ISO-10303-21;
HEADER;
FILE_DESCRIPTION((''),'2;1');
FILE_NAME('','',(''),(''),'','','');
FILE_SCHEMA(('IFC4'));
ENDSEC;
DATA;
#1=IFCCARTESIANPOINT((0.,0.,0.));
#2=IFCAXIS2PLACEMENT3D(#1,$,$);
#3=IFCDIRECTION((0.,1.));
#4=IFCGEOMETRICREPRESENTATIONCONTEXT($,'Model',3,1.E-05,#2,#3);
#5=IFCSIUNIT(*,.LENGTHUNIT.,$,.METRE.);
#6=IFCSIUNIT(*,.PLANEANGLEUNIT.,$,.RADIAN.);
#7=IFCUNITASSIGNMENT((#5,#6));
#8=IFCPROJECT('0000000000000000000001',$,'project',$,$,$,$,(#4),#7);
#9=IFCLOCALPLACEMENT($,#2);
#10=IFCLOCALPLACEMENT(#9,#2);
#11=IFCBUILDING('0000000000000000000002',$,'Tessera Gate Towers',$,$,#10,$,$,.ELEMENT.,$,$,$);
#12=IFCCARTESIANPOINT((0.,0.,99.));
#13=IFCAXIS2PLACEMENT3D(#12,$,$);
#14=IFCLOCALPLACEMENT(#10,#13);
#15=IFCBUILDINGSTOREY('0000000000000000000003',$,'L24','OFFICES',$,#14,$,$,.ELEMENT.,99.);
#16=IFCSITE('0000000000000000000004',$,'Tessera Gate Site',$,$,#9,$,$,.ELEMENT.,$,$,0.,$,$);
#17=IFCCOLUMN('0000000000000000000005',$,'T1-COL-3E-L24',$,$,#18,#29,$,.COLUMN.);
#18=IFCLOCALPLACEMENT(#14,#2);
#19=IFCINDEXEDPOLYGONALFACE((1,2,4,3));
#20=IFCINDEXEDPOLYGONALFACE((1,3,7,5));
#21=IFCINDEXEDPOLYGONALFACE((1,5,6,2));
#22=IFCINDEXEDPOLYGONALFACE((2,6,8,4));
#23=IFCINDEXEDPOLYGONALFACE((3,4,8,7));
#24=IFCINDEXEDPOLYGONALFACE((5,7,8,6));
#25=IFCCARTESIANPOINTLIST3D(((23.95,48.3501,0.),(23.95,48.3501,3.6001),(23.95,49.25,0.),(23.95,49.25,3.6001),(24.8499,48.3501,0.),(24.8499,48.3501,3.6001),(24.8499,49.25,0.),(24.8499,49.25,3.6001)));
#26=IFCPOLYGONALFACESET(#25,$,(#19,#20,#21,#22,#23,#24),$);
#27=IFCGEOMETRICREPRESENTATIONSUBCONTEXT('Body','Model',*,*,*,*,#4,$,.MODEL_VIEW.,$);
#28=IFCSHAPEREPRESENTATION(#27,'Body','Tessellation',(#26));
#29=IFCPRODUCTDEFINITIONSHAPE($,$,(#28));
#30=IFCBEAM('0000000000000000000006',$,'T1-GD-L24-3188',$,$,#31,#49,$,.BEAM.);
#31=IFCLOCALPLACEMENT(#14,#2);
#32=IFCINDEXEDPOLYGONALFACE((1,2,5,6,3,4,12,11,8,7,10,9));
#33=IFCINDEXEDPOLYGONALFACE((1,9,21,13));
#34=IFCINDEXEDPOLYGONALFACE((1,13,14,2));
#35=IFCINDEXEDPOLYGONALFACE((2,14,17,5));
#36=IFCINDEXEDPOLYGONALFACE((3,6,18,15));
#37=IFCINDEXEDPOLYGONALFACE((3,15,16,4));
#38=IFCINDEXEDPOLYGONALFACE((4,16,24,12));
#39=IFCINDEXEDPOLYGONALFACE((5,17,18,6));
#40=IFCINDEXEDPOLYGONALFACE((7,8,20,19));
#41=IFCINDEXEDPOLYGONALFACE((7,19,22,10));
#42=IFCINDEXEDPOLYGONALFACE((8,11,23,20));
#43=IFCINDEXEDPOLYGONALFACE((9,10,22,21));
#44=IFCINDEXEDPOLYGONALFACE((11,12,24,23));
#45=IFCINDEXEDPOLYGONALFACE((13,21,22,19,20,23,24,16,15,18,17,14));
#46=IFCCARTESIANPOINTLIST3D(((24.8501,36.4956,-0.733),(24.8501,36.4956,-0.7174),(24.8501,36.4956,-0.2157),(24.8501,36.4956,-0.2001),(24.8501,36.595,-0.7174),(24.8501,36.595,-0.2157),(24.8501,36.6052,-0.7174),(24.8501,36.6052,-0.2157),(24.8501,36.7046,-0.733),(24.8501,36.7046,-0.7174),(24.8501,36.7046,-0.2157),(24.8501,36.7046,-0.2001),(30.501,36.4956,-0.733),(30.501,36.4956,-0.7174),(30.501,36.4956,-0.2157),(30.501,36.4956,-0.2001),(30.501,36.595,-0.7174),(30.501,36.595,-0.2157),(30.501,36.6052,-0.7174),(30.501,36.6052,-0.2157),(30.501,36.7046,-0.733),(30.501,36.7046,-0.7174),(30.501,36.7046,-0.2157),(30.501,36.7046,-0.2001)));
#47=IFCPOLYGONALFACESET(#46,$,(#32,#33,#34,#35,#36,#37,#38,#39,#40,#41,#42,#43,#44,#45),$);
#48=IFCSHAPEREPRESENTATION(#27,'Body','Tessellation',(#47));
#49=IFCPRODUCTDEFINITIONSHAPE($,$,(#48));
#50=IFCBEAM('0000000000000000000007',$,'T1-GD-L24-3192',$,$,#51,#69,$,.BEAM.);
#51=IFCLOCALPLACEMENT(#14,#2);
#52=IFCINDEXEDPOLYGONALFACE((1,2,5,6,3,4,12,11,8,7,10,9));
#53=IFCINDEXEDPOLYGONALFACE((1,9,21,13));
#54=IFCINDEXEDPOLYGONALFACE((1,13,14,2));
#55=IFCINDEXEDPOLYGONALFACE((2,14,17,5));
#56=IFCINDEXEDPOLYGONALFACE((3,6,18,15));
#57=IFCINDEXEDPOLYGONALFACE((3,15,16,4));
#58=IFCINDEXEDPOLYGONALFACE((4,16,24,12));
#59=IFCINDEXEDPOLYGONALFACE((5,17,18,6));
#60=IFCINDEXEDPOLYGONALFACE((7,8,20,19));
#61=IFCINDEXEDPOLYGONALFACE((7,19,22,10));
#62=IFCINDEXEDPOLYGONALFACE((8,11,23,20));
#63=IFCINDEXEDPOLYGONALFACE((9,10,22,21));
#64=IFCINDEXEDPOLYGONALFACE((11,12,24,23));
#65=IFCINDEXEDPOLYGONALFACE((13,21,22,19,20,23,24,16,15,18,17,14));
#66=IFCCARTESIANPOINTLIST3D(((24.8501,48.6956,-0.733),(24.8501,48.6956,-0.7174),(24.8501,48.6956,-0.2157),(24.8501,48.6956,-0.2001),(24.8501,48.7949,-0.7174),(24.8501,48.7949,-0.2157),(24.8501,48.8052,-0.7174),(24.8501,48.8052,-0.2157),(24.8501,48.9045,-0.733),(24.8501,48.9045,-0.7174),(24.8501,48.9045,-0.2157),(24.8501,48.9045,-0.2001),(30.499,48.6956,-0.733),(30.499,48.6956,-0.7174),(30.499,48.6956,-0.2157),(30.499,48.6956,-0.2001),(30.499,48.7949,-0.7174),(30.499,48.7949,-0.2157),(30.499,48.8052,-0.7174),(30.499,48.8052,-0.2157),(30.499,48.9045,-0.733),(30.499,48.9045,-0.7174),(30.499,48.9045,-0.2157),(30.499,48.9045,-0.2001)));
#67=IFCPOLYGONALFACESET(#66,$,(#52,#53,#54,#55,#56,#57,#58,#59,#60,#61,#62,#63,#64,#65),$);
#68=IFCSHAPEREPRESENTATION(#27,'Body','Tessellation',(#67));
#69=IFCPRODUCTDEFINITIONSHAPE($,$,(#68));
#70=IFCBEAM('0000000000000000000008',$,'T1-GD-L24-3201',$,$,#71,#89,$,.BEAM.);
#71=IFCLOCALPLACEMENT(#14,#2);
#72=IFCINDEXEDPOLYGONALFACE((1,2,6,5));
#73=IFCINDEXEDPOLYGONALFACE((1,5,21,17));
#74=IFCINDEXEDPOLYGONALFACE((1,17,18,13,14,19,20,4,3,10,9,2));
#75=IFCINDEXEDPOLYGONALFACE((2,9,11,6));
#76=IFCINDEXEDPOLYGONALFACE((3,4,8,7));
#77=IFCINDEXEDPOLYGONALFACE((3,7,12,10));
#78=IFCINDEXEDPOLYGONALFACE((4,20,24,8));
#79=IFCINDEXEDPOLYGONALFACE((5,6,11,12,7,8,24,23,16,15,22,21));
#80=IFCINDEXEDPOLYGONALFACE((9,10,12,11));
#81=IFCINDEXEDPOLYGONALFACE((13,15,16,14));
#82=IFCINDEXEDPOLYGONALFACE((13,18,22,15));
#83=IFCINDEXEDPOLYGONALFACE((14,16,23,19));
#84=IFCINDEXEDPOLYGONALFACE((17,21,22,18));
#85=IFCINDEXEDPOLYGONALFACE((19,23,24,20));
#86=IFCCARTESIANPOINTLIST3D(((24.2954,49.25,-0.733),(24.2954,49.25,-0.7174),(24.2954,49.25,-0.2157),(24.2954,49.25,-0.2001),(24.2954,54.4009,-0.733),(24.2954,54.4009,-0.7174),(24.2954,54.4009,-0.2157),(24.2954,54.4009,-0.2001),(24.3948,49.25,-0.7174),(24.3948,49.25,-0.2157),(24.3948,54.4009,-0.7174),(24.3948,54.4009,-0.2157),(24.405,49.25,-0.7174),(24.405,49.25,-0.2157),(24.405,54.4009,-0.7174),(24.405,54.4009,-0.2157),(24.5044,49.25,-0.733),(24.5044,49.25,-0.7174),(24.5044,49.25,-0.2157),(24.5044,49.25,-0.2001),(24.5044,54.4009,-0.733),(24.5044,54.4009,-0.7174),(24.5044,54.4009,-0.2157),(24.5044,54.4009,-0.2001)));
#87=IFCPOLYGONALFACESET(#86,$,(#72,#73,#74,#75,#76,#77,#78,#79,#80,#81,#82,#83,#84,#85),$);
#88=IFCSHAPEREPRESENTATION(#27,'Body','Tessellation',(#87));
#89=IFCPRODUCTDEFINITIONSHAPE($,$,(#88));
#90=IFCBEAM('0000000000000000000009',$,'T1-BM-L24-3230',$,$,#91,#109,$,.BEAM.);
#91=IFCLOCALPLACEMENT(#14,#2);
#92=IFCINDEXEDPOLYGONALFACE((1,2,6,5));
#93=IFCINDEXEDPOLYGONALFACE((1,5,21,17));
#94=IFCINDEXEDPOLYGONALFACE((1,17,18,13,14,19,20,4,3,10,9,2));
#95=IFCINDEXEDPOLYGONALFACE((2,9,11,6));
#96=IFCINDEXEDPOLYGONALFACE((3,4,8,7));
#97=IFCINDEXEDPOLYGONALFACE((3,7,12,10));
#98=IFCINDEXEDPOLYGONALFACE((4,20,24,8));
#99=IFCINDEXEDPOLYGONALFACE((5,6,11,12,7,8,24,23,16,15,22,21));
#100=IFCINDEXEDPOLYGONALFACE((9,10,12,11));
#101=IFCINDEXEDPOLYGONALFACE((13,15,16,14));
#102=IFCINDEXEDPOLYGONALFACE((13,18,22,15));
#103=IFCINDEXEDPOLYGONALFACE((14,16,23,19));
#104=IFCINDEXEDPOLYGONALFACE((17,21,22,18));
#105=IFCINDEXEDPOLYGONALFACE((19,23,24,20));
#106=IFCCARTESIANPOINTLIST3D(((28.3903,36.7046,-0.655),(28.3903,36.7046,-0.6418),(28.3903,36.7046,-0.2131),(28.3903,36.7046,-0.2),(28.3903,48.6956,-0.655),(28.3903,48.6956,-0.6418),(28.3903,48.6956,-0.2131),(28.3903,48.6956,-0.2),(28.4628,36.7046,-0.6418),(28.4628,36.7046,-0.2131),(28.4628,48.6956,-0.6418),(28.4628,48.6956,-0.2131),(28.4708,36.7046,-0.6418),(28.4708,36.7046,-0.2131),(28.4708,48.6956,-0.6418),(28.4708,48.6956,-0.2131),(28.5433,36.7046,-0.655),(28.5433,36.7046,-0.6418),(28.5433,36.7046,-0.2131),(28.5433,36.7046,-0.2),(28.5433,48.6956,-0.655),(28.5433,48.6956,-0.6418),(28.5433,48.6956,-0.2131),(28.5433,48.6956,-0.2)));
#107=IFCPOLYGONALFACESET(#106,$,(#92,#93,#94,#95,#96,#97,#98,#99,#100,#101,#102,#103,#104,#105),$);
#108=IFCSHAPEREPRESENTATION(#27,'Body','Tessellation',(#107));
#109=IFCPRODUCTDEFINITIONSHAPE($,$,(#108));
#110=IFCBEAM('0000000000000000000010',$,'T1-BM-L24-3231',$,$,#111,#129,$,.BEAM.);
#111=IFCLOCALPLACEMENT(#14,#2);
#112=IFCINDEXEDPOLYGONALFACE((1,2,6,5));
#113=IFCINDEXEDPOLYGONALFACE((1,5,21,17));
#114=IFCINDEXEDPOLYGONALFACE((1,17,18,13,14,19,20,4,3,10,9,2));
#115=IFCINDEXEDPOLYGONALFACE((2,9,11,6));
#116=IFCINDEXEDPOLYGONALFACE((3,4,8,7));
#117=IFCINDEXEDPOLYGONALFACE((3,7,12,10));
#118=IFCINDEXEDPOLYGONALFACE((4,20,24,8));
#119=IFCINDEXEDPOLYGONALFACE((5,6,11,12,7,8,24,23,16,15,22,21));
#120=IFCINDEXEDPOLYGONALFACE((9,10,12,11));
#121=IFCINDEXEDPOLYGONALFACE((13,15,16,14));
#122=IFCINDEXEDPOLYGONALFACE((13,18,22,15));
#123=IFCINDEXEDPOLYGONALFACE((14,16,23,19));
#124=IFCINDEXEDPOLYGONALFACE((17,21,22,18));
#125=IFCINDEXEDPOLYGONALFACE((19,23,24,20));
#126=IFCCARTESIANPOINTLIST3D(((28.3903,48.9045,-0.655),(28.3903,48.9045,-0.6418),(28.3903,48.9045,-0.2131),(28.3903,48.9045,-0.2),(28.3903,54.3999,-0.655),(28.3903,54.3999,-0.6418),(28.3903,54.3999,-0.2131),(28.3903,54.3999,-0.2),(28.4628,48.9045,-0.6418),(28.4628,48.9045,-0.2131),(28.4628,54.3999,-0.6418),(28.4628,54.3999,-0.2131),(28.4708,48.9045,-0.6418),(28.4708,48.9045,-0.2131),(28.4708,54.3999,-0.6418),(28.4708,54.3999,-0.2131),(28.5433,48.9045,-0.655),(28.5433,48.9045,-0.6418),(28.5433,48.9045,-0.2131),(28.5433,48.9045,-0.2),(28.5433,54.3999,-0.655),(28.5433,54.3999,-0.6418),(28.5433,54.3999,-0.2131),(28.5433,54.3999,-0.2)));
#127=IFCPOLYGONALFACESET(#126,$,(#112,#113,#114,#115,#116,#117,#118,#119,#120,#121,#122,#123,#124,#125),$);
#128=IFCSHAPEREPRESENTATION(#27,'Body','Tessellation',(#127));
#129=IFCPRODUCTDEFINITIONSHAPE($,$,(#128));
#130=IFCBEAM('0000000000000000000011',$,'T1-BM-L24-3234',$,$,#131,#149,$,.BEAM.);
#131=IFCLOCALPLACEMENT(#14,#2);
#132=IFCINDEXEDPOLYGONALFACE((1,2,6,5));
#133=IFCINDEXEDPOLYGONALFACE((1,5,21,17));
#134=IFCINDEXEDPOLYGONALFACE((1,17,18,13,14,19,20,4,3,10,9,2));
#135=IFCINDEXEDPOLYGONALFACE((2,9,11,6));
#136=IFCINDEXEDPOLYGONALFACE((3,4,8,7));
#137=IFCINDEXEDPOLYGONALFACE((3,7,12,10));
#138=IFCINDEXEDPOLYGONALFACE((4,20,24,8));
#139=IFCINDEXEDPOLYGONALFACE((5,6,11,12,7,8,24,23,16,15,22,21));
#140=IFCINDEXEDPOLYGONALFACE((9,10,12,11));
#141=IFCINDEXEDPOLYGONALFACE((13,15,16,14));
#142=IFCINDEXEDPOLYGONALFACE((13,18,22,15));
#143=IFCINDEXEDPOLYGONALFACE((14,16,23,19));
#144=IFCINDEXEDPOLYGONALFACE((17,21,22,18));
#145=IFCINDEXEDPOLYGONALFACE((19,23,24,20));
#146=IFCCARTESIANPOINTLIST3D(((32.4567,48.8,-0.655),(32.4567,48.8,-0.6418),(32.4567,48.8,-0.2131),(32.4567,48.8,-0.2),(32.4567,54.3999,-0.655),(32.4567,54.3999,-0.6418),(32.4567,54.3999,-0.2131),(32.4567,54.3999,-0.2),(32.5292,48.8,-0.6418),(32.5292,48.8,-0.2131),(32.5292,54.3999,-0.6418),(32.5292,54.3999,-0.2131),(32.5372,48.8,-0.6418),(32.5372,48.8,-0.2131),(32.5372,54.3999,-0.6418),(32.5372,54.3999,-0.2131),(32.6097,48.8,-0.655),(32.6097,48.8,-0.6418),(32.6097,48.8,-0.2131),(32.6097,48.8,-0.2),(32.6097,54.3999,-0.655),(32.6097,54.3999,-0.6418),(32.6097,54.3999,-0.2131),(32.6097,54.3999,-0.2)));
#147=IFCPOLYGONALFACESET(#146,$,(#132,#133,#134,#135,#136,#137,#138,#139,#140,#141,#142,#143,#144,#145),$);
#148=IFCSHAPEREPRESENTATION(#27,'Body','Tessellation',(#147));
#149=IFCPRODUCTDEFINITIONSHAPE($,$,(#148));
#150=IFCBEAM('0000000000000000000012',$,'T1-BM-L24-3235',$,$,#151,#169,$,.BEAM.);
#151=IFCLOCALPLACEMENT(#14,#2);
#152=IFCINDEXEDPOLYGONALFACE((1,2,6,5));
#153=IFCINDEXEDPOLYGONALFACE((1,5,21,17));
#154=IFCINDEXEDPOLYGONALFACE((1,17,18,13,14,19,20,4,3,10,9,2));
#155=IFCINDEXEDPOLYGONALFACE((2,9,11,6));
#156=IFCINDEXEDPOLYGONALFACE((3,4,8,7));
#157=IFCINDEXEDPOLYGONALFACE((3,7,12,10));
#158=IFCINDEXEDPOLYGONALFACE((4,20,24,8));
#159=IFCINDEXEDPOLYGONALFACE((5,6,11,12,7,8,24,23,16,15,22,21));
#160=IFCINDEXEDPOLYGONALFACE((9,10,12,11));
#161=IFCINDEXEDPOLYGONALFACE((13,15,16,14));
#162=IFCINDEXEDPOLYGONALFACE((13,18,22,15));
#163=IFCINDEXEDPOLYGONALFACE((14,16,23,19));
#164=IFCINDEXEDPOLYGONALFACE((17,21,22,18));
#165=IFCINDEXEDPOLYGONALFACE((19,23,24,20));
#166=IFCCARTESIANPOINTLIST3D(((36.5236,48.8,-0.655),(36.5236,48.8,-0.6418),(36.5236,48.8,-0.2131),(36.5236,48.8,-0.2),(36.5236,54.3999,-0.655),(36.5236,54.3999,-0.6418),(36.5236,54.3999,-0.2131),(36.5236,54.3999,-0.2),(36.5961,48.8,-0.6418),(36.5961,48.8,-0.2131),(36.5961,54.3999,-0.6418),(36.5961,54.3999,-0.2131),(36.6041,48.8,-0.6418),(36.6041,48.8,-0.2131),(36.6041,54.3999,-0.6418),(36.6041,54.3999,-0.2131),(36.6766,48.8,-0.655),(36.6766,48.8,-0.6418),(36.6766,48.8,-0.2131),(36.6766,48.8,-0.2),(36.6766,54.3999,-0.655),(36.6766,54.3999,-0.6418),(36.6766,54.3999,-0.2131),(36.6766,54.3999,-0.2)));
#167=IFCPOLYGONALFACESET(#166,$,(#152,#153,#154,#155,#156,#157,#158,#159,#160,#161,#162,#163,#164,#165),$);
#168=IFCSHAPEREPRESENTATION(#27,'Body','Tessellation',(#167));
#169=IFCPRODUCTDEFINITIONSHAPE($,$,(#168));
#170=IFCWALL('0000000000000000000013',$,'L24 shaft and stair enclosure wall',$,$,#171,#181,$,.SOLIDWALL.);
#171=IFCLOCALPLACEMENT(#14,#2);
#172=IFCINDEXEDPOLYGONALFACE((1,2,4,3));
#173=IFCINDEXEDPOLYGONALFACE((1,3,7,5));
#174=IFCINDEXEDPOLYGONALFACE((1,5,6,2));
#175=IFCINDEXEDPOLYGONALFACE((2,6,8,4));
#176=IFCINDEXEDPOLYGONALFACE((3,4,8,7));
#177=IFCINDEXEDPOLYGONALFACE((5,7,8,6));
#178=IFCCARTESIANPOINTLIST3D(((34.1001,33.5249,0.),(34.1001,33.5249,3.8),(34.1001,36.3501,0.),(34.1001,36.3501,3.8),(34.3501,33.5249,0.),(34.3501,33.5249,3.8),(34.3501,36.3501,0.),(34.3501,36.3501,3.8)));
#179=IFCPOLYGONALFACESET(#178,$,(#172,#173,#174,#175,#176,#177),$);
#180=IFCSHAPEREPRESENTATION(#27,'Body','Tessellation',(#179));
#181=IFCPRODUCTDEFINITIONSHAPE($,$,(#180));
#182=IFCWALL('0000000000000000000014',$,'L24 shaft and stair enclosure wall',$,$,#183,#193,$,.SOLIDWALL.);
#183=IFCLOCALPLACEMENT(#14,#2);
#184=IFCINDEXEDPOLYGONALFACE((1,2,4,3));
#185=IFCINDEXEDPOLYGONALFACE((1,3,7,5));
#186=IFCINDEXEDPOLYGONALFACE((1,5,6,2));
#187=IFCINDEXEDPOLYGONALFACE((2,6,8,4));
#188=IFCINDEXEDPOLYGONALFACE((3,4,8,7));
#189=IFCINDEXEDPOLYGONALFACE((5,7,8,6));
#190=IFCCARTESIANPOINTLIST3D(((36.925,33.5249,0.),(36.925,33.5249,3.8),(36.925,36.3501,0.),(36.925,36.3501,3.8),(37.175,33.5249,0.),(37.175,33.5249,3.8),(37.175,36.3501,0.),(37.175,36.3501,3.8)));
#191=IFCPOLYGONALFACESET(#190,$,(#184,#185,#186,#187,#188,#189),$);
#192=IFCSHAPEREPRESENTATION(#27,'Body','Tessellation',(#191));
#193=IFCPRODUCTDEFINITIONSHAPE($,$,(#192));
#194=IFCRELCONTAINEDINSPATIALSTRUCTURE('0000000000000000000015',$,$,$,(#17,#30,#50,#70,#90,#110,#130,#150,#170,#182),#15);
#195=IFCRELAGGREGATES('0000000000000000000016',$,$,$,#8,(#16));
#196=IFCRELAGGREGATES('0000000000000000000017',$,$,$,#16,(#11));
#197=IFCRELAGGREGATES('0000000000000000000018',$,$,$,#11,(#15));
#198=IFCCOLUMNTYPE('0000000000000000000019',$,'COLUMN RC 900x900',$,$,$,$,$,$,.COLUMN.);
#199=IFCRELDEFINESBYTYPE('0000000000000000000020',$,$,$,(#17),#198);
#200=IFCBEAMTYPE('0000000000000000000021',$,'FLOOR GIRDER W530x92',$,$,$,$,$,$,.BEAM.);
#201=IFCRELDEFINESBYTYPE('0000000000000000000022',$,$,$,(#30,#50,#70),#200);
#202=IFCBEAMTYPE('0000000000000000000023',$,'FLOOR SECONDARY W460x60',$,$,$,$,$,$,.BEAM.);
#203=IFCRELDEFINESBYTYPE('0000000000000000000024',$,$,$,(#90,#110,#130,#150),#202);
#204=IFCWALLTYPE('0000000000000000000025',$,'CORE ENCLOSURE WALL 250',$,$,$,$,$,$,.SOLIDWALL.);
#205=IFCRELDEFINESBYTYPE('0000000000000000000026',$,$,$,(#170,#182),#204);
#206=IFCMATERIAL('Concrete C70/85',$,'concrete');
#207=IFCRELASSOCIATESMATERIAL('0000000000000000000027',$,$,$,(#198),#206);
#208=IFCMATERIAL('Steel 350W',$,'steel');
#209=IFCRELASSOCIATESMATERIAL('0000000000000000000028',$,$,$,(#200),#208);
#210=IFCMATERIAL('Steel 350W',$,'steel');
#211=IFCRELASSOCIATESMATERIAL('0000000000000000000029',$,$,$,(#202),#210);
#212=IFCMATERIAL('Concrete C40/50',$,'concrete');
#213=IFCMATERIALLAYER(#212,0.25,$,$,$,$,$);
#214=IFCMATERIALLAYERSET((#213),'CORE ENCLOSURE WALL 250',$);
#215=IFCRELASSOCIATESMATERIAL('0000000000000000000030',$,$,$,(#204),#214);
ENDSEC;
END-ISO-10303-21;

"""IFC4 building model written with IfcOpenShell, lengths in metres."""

from ifc_helpers import new_model, si_unit, direction, frame, frame_2d, origin, origin_2d, place, context, subcontext, project, spatial, rectangle, i_section, extrude, material, layer, layer_set, material_profile, profile_set, type_object, element, save


model = new_model("IFC4")

# Units and contexts
model_context = context("Model", 3, precision=1e-05, world=origin(), true_north=direction((0.0, 1.0)))
body_context = subcontext(model_context, "Body", "Model", "MODEL_VIEW")
ifc_project = project(units=[si_unit("LENGTHUNIT", "METRE"), si_unit("PLANEANGLEUNIT", "RADIAN")], contexts=[model_context])

# Site, building, storey
site_placement = place(None, origin())
site = spatial("IfcSite", under=ifc_project, at=site_placement, Name="Tessera Gate Site", CompositionType="ELEMENT", RefElevation=0.0)
building_placement = place(site_placement, origin())
building = spatial("IfcBuilding", under=site, at=building_placement, Name="Tessera Gate Towers", CompositionType="ELEMENT")
storey_placement = place(building_placement, frame((0.0, 0.0, 99.0)))
storey = spatial("IfcBuildingStorey", under=building, at=storey_placement, Name="L24", Description="OFFICES", CompositionType="ELEMENT", Elevation=99.0)

# Column
ifc_material_1 = material(Name="Concrete C70/85", Category="concrete")
ifc_material_profile_1 = material_profile(ifc_material_1, rectangle(XDim=0.8999, YDim=0.8999, at=origin_2d()), Name="RC 900x900")
ifc_profile_set_1 = profile_set([ifc_material_profile_1], Name="Concrete C70/85")
column_type = type_object("IfcColumnType", Name="COLUMN RC 900x900", PredefinedType="COLUMN", material=ifc_profile_set_1)
column_placement = place(storey_placement, frame((24.3999, 48.8, 0.0), z_axis=(0.0, 0.0, 1.0), x_axis=(1.0, 0.0, 0.0)))
element("IfcColumn", 1, at=column_placement, inside=storey, type_object=column_type, Name="T1-COL-3E-L24", PredefinedType="COLUMN", context=body_context, shape_type="SweptSolid", body=[
    extrude(rectangle(XDim=0.8999, YDim=0.8999, at=origin_2d()), origin(), (0.0, 0.0, 1.0), 3.6001),
])

# Beams
ifc_material_2 = material(Name="Steel 350W", Category="steel")
ifc_material_profile_2 = material_profile(ifc_material_2, i_section(OverallWidth=0.209, OverallDepth=0.533, WebThickness=0.0103, FlangeThickness=0.0156, at=origin_2d()), Name="W530x92")
ifc_profile_set_2 = profile_set([ifc_material_profile_2], Name="Steel 350W")
beam_type_1 = type_object("IfcBeamType", Name="FLOOR GIRDER W530x92", PredefinedType="BEAM", material=ifc_profile_set_2)
beam_1_placement = place(storey_placement, frame((24.8501, 36.6001, -0.4666), z_axis=(1.0, 0.0, 0.0), x_axis=(0.0, 1.0, 0.0)))
element("IfcBeam", 2, at=beam_1_placement, inside=storey, type_object=beam_type_1, Name="T1-GD-L24-3188", PredefinedType="BEAM", context=body_context, shape_type="SweptSolid", body=[
    extrude(i_section(OverallWidth=0.209, OverallDepth=0.533, WebThickness=0.0103, FlangeThickness=0.0156, at=origin_2d()), origin(), (0.0, 0.0, 1.0), 5.6509),
])
beam_2_placement = place(storey_placement, frame((24.8501, 48.8, -0.4666), z_axis=(1.0, 0.0, 0.0), x_axis=(0.0, 1.0, 0.0)))
element("IfcBeam", 3, at=beam_2_placement, inside=storey, type_object=beam_type_1, Name="T1-GD-L24-3192", PredefinedType="BEAM", context=body_context, shape_type="SweptSolid", body=[
    extrude(i_section(OverallWidth=0.209, OverallDepth=0.533, WebThickness=0.0103, FlangeThickness=0.0156, at=origin_2d()), origin(), (0.0, 0.0, 1.0), 5.6489),
])
beam_3_placement = place(storey_placement, frame((24.3999, 49.25, -0.4666), z_axis=(0.0, 1.0, 0.0), x_axis=(-1.0, 0.0, 0.0)))
element("IfcBeam", 4, at=beam_3_placement, inside=storey, type_object=beam_type_1, Name="T1-GD-L24-3201", PredefinedType="BEAM", context=body_context, shape_type="SweptSolid", body=[
    extrude(i_section(OverallWidth=0.209, OverallDepth=0.533, WebThickness=0.0103, FlangeThickness=0.0156, at=origin_2d()), origin(), (0.0, 0.0, 1.0), 5.1509),
])
ifc_material_3 = material(Name="Steel 350W", Category="steel")
ifc_material_profile_3 = material_profile(ifc_material_3, i_section(OverallWidth=0.1531, OverallDepth=0.4551, WebThickness=0.0081, FlangeThickness=0.0132, at=origin_2d()), Name="W460x60")
ifc_profile_set_3 = profile_set([ifc_material_profile_3], Name="Steel 350W")
beam_type_2 = type_object("IfcBeamType", Name="FLOOR SECONDARY W460x60", PredefinedType="BEAM", material=ifc_profile_set_3)
beam_4_placement = place(storey_placement, frame((28.4668, 36.7046, -0.4275), z_axis=(0.0, 1.0, 0.0), x_axis=(-1.0, 0.0, 0.0)))
element("IfcBeam", 5, at=beam_4_placement, inside=storey, type_object=beam_type_2, Name="T1-BM-L24-3230", PredefinedType="BEAM", context=body_context, shape_type="SweptSolid", body=[
    extrude(i_section(OverallWidth=0.1531, OverallDepth=0.4551, WebThickness=0.0081, FlangeThickness=0.0132, at=origin_2d()), origin(), (0.0, 0.0, 1.0), 11.991),
])
beam_5_placement = place(storey_placement, frame((28.4668, 48.9045, -0.4275), z_axis=(0.0, 1.0, 0.0), x_axis=(-1.0, 0.0, 0.0)))
element("IfcBeam", 6, at=beam_5_placement, inside=storey, type_object=beam_type_2, Name="T1-BM-L24-3231", PredefinedType="BEAM", context=body_context, shape_type="SweptSolid", body=[
    extrude(i_section(OverallWidth=0.1531, OverallDepth=0.4551, WebThickness=0.0081, FlangeThickness=0.0132, at=origin_2d()), origin(), (0.0, 0.0, 1.0), 5.4954),
])
for number, where, z_axis, x_axis, name in (
    (7, (32.5332, 48.8, -0.4275), (0.0, 1.0, 0.0), (-1.0, 0.0, 0.0), "T1-BM-L24-3234"),
    (8, (36.6001, 48.8, -0.4275), (0.0, 1.0, 0.0), (-1.0, 0.0, 0.0), "T1-BM-L24-3235"),
):
    element("IfcBeam", number, at=place(storey_placement, frame(where, z_axis=z_axis, x_axis=x_axis)), inside=storey, type_object=beam_type_2, Name=name, PredefinedType="BEAM", context=body_context, shape_type="SweptSolid", body=[
        extrude(i_section(OverallWidth=0.1531, OverallDepth=0.4551, WebThickness=0.0081, FlangeThickness=0.0132, at=origin_2d()), origin(), (0.0, 0.0, 1.0), 5.5999),
    ])

# Walls
ifc_material_4 = material(Name="Concrete C40/50", Category="concrete")
ifc_layer_1 = layer(ifc_material_4, 0.25)
ifc_layer_set_1 = layer_set([ifc_layer_1], Name="CORE ENCLOSURE WALL 250")
wall_type_1 = type_object("IfcWallType", Name="CORE ENCLOSURE WALL 250", PredefinedType="SOLIDWALL", material=ifc_layer_set_1)
for number, where, z_axis, x_axis, name in (
    (9, (34.2251, 33.5249, 0.0), (0.0, 0.0, 1.0), (0.0, 1.0, 0.0), "L24 shaft and stair enclosure wall"),
    (10, (37.05, 33.5249, 0.0), (0.0, 0.0, 1.0), (0.0, 1.0, 0.0), "L24 shaft and stair enclosure wall"),
):
    element("IfcWall", number, at=place(storey_placement, frame(where, z_axis=z_axis, x_axis=x_axis)), inside=storey, type_object=wall_type_1, Name=name, PredefinedType="SOLIDWALL", context=body_context, shape_type="SweptSolid", body=[
        extrude(rectangle(XDim=2.8252, YDim=0.25, at=frame_2d((1.4126, 0.0))), origin(), (0.0, 0.0, 1.0), 3.8),
    ])

save(model, "model.ifc")
